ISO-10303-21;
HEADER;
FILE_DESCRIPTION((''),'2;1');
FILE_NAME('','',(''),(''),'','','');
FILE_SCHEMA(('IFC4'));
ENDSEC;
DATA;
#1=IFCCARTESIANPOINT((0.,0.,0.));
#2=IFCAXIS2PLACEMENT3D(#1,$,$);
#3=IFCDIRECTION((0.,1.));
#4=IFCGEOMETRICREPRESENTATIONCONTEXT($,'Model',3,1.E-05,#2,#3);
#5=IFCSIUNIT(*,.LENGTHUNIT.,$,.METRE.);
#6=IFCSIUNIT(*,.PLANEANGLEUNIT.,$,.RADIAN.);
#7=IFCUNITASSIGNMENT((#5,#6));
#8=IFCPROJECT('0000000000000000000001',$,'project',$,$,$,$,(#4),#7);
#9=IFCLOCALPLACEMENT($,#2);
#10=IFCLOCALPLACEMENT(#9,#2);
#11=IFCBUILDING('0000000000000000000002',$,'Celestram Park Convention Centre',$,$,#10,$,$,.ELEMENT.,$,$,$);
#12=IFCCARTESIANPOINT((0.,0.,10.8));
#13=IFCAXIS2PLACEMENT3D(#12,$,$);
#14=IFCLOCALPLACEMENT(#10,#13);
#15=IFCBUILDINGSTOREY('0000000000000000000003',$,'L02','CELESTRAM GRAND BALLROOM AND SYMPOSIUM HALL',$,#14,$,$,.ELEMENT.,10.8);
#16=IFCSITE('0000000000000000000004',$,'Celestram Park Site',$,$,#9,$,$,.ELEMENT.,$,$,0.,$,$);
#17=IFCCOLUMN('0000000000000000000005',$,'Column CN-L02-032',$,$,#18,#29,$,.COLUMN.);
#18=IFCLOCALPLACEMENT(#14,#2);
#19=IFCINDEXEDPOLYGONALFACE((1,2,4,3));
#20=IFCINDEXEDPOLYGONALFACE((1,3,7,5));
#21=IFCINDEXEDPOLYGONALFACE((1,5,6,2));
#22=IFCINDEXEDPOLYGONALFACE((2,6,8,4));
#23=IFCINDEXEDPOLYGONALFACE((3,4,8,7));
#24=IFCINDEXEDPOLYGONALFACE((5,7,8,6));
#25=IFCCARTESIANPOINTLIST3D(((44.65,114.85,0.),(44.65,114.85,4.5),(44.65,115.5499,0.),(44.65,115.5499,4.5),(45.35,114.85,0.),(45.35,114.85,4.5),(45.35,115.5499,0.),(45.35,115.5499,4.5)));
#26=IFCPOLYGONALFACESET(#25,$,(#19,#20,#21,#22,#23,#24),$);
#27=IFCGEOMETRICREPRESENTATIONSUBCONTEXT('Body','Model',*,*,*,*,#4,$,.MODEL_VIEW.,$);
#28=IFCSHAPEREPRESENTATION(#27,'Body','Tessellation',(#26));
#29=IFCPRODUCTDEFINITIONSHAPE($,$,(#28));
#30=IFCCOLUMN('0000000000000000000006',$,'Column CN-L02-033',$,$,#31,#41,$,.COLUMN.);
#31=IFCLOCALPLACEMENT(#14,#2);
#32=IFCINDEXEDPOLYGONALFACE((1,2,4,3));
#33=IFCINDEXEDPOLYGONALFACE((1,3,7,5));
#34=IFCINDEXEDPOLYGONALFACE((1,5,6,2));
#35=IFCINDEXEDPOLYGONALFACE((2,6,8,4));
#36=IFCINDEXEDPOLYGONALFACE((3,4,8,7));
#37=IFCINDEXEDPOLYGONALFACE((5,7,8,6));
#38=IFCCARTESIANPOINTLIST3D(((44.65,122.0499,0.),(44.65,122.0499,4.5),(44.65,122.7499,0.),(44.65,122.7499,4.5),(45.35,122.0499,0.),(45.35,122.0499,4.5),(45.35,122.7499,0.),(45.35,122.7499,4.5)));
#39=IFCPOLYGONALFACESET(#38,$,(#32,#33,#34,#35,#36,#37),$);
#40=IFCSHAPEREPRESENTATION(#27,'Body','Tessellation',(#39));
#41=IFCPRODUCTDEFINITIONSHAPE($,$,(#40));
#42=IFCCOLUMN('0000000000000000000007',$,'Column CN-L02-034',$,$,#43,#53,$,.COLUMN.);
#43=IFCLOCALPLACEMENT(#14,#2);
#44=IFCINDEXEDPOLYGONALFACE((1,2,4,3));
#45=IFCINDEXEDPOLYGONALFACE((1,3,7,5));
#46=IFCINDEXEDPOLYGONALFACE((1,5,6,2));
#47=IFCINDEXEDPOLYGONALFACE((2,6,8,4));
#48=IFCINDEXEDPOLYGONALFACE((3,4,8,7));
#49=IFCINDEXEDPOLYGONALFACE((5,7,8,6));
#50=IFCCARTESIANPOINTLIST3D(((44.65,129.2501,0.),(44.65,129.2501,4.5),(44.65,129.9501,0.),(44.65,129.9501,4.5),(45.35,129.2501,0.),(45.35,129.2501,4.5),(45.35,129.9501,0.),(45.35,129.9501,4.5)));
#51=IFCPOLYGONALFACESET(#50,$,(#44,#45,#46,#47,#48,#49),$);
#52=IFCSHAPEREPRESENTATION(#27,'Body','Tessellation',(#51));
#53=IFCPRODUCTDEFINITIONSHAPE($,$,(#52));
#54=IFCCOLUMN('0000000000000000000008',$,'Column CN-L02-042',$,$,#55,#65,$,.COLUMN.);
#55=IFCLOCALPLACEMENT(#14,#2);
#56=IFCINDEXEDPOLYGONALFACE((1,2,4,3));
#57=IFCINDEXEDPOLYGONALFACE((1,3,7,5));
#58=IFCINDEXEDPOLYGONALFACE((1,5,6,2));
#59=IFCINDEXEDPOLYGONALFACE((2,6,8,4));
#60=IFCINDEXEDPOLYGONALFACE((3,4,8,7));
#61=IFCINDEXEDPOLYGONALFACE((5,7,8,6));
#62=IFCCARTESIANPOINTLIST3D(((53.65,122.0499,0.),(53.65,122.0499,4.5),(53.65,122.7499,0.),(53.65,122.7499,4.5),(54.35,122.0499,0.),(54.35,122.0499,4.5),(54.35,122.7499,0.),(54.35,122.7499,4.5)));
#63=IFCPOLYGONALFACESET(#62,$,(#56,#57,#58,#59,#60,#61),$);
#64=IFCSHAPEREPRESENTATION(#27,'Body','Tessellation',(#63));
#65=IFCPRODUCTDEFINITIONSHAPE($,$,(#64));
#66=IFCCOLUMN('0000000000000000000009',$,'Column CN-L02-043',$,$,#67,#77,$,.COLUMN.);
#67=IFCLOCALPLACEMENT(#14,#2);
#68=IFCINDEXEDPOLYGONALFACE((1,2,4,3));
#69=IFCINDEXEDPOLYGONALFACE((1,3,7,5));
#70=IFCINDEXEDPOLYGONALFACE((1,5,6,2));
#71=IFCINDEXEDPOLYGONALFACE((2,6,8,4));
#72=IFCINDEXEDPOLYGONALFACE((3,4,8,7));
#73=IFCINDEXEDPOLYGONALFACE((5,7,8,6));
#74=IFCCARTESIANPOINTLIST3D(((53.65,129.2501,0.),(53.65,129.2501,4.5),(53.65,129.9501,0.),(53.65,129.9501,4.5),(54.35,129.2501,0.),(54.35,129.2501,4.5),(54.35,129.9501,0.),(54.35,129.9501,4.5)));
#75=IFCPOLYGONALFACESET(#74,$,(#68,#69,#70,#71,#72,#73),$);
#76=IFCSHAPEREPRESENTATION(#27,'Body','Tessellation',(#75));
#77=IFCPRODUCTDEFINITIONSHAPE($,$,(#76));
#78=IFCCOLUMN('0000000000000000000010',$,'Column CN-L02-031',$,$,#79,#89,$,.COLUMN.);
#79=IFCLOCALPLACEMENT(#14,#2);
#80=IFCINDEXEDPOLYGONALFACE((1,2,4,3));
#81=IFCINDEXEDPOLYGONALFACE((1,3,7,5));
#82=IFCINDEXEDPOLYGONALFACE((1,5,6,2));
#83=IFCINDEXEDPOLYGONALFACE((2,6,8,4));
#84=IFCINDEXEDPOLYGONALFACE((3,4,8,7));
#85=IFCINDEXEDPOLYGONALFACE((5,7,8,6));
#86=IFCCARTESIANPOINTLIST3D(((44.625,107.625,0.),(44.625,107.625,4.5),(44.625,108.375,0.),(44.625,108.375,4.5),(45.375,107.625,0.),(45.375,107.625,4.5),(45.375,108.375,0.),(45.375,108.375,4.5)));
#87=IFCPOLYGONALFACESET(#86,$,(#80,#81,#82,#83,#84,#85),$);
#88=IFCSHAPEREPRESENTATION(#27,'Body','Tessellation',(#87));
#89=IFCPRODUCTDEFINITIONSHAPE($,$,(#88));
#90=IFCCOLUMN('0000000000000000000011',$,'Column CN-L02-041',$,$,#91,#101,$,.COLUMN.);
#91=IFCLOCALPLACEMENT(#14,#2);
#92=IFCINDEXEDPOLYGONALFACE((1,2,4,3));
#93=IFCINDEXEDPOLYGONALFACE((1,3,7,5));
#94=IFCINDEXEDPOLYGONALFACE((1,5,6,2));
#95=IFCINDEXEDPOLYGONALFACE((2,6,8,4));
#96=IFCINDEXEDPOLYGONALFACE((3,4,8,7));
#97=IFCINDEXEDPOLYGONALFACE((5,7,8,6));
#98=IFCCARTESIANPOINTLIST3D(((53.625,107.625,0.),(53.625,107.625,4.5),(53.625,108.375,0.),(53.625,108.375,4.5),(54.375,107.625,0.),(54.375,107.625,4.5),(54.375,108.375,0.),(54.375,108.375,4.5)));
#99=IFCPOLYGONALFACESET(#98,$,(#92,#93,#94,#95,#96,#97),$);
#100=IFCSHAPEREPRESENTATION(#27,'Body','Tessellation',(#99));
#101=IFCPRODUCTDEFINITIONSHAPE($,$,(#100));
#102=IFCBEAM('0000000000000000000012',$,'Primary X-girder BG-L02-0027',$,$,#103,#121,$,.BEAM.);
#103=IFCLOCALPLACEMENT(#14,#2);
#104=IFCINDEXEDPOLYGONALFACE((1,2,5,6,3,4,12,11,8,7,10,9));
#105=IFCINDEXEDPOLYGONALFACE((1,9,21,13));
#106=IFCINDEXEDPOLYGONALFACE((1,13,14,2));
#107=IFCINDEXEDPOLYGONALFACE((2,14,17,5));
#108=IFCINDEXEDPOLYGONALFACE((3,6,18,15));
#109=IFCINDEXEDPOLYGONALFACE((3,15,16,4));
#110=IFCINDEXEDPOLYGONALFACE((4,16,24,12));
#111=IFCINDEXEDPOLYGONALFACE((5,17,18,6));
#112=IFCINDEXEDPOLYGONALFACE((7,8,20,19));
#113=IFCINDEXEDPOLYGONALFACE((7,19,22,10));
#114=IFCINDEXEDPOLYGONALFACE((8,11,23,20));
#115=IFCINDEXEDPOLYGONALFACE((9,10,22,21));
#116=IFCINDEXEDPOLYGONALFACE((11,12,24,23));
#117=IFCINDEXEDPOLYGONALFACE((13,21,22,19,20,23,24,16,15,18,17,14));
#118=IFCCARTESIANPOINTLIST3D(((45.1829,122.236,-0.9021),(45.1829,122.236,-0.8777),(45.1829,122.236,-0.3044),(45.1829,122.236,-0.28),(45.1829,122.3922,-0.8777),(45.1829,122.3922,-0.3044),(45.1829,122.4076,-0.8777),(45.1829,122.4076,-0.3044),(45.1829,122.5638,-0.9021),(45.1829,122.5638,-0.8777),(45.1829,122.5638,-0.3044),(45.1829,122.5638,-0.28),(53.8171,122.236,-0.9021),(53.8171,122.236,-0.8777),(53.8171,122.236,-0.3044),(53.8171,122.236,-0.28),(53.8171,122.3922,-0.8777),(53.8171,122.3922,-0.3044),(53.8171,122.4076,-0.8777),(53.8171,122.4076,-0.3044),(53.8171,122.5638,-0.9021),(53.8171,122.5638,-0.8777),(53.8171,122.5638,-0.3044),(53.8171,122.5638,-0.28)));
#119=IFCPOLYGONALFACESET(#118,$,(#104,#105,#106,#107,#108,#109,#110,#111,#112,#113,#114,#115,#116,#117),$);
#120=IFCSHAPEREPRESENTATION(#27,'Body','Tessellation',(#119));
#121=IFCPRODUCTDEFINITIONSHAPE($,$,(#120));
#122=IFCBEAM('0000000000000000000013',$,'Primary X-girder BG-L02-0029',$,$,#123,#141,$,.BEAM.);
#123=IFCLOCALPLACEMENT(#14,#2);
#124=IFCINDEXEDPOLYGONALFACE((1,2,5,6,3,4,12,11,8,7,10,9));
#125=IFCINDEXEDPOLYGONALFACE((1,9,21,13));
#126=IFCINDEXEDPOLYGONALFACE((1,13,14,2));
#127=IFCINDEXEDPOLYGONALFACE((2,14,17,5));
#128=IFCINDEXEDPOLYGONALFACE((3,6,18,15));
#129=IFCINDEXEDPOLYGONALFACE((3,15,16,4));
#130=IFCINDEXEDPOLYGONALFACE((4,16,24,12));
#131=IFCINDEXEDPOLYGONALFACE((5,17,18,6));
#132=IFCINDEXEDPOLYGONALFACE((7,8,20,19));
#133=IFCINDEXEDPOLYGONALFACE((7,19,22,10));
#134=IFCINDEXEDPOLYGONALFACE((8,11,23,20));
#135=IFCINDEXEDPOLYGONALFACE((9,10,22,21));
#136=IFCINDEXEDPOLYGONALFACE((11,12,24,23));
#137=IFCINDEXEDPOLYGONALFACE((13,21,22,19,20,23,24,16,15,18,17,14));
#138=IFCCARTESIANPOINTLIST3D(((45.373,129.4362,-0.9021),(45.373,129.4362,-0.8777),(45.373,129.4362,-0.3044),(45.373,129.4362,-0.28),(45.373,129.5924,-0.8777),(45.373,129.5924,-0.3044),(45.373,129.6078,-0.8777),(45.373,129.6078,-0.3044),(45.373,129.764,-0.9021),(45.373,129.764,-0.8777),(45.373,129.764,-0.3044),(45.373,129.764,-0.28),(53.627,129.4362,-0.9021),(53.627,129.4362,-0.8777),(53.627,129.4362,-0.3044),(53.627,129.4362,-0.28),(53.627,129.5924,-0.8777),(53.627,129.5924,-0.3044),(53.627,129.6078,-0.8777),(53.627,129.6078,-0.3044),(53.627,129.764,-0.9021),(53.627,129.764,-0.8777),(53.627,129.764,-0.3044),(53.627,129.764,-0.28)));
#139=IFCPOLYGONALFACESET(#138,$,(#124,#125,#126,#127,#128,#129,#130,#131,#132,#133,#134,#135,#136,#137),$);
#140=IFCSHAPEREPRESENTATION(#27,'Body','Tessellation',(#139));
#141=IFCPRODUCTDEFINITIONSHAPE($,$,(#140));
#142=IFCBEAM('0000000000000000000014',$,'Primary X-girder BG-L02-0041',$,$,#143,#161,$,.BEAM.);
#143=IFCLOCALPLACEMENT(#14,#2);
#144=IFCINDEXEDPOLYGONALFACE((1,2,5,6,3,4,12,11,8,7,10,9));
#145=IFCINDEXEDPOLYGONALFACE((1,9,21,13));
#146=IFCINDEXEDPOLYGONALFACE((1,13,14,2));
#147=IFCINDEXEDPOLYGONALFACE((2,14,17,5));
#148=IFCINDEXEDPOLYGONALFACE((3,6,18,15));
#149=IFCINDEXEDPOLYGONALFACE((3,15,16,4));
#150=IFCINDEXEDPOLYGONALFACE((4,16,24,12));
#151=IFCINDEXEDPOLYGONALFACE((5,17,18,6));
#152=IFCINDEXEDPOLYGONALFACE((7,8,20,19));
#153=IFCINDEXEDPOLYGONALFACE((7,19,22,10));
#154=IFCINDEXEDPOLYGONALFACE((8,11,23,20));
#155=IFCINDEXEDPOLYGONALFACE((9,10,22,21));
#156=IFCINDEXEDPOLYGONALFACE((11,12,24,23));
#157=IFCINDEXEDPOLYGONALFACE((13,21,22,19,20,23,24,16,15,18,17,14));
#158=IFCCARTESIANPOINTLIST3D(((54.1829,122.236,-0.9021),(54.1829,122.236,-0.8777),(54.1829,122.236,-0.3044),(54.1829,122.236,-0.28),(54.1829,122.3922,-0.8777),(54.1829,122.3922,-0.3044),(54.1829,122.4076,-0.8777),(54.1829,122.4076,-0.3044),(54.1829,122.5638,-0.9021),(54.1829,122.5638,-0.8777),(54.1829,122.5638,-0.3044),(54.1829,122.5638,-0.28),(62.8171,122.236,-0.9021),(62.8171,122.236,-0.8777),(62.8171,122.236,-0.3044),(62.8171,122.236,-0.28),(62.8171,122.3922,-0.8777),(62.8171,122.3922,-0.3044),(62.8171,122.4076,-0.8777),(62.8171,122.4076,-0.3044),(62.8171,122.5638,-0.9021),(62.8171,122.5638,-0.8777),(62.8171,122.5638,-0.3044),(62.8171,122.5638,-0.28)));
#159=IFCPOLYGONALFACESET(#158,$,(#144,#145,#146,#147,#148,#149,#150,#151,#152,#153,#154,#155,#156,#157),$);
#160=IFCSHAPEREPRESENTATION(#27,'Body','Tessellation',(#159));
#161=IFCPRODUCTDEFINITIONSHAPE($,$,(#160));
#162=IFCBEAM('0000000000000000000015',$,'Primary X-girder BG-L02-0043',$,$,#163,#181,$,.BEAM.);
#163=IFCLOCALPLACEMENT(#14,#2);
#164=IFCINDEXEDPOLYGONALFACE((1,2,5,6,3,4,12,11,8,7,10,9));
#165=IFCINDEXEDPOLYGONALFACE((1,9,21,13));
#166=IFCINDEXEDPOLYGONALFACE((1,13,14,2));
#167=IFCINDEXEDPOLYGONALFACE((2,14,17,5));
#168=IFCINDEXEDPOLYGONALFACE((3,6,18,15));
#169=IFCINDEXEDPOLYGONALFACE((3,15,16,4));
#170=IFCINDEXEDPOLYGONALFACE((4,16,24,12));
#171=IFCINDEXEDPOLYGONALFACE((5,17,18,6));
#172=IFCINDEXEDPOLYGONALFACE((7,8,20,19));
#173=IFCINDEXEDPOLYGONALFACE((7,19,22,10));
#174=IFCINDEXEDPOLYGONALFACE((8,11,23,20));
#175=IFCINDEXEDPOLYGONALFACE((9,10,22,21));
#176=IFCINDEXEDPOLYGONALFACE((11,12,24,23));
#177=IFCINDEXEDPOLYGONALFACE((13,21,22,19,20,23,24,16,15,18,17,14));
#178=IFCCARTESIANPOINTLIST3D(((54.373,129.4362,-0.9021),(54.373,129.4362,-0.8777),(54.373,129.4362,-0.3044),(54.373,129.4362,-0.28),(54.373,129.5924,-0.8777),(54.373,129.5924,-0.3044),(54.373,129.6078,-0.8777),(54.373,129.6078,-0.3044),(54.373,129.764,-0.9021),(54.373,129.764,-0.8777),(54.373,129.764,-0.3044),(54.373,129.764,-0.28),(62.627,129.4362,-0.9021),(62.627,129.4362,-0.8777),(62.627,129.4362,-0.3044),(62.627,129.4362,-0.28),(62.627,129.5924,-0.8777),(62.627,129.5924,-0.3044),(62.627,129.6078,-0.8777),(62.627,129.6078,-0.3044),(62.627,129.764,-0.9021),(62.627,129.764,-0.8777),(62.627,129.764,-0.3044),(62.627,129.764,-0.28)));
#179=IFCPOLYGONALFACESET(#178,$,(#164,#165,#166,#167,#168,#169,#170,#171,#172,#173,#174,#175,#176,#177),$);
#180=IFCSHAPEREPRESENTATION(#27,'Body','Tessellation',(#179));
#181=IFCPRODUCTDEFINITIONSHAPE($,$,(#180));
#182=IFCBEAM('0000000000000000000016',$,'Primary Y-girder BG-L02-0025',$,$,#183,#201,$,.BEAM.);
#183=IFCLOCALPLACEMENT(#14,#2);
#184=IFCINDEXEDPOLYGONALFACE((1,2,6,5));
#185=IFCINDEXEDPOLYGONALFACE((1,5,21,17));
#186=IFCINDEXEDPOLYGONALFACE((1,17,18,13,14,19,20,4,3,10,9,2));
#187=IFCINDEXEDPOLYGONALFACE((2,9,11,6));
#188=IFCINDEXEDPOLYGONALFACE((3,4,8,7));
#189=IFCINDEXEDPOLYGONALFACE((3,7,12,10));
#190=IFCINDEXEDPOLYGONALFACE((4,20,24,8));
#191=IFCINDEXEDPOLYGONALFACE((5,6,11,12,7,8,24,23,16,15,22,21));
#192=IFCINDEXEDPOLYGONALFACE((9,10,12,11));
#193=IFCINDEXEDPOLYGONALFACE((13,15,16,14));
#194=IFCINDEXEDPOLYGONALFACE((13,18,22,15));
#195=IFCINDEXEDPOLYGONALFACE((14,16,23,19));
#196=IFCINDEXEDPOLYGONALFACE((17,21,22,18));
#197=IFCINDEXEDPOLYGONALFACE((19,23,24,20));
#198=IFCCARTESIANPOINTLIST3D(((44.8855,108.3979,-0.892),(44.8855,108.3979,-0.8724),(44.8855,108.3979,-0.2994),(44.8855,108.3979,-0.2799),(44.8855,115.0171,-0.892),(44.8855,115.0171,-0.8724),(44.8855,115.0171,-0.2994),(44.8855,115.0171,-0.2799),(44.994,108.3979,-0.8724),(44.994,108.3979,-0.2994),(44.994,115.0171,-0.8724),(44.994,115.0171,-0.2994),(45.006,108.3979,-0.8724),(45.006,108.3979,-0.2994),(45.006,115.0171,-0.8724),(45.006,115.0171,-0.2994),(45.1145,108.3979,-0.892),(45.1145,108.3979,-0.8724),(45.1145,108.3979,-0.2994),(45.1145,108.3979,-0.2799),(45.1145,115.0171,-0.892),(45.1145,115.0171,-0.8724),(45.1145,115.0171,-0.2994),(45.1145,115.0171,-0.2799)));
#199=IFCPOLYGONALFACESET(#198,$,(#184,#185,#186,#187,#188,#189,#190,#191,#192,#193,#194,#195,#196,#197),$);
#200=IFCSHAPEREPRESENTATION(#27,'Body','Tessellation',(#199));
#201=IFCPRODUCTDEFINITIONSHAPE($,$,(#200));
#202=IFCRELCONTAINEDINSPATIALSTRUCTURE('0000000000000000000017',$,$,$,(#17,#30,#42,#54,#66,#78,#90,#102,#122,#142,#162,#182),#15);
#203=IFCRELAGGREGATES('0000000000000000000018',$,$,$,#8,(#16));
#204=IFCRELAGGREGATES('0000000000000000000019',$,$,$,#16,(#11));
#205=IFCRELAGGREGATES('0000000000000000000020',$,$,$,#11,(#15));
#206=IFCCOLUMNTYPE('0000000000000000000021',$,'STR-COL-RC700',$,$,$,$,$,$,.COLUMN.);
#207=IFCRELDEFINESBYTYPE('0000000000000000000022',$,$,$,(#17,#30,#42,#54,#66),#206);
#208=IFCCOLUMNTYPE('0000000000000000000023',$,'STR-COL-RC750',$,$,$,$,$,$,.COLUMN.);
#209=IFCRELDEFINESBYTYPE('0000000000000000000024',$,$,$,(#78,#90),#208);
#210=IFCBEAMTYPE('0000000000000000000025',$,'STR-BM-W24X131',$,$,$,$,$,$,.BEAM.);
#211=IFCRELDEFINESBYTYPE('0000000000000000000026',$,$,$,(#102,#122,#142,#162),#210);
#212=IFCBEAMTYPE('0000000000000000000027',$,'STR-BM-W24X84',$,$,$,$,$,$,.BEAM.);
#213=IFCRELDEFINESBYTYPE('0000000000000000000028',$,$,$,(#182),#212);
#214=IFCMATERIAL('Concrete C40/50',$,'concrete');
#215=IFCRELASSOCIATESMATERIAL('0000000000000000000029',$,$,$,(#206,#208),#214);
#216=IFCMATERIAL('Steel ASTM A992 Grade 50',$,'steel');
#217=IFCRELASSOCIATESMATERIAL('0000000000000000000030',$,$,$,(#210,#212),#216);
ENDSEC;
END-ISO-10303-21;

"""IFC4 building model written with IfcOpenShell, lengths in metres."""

from ifc_helpers import new_model, si_unit, direction, frame, origin, origin_2d, place, context, subcontext, project, spatial, rectangle, i_section, extrude, material, material_profile, profile_set, type_object, element, save


model = new_model("IFC4")

# Units and contexts
model_context = context("Model", 3, precision=1e-05, world=origin(), true_north=direction((0.0, 1.0)))
body_context = subcontext(model_context, "Body", "Model", "MODEL_VIEW")
ifc_project = project(units=[si_unit("LENGTHUNIT", "METRE"), si_unit("PLANEANGLEUNIT", "RADIAN")], contexts=[model_context])

# Site, building, storey
site_placement = place(None, origin())
site = spatial("IfcSite", under=ifc_project, at=site_placement, Name="Celestram Park Site", CompositionType="ELEMENT", RefElevation=0.0)
building_placement = place(site_placement, origin())
building = spatial("IfcBuilding", under=site, at=building_placement, Name="Celestram Park Convention Centre", CompositionType="ELEMENT")
storey_placement = place(building_placement, frame((0.0, 0.0, 10.8)))
storey = spatial("IfcBuildingStorey", under=building, at=storey_placement, Name="L02", Description="CELESTRAM GRAND BALLROOM AND SYMPOSIUM HALL", CompositionType="ELEMENT", Elevation=10.8)

# Columns
ifc_material_1 = material(Name="Concrete C40/50", Category="concrete")
ifc_material_profile_1 = material_profile(ifc_material_1, rectangle(XDim=0.7, YDim=0.7, at=origin_2d()), Name="RC700X700")
ifc_profile_set_1 = profile_set([ifc_material_profile_1], Name="Concrete C40/50")
column_type_1 = type_object("IfcColumnType", Name="STR-COL-RC700", PredefinedType="COLUMN", material=ifc_profile_set_1)
for number, where, z_axis, x_axis, name in (
    (1, (45.0, 115.2, 0.0), (0.0, 0.0, 1.0), (1.0, 0.0, 0.0), "Column CN-L02-032"),
    (2, (45.0, 122.3999, 0.0), (0.0, 0.0, 1.0), (1.0, 0.0, 0.0), "Column CN-L02-033"),
    (3, (45.0, 129.6001, 0.0), (0.0, 0.0, 1.0), (1.0, 0.0, 0.0), "Column CN-L02-034"),
    (4, (54.0, 122.3999, 0.0), (0.0, 0.0, 1.0), (1.0, 0.0, 0.0), "Column CN-L02-042"),
    (5, (54.0, 129.6001, 0.0), (0.0, 0.0, 1.0), (1.0, 0.0, 0.0), "Column CN-L02-043"),
):
    element("IfcColumn", number, at=place(storey_placement, frame(where, z_axis=z_axis, x_axis=x_axis)), inside=storey, type_object=column_type_1, Name=name, PredefinedType="COLUMN", context=body_context, shape_type="SweptSolid", body=[
        extrude(rectangle(XDim=0.7, YDim=0.7, at=origin_2d()), origin(), (0.0, 0.0, 1.0), 4.5),
    ])
ifc_material_profile_2 = material_profile(ifc_material_1, rectangle(XDim=0.75, YDim=0.75, at=origin_2d()), Name="RC750X750")
ifc_profile_set_2 = profile_set([ifc_material_profile_2], Name="Concrete C40/50")
column_type_2 = type_object("IfcColumnType", Name="STR-COL-RC750", PredefinedType="COLUMN", material=ifc_profile_set_2)
for number, where, z_axis, x_axis, name in (
    (6, (45.0, 108.0, 0.0), (0.0, 0.0, 1.0), (1.0, 0.0, 0.0), "Column CN-L02-031"),
    (7, (54.0, 108.0, 0.0), (0.0, 0.0, 1.0), (1.0, 0.0, 0.0), "Column CN-L02-041"),
):
    element("IfcColumn", number, at=place(storey_placement, frame(where, z_axis=z_axis, x_axis=x_axis)), inside=storey, type_object=column_type_2, Name=name, PredefinedType="COLUMN", context=body_context, shape_type="SweptSolid", body=[
        extrude(rectangle(XDim=0.75, YDim=0.75, at=origin_2d()), origin(), (0.0, 0.0, 1.0), 4.5),
    ])

# Beams
ifc_material_2 = material(Name="Steel ASTM A992 Grade 50", Category="steel")
ifc_material_profile_3 = material_profile(ifc_material_2, i_section(OverallWidth=0.3279, OverallDepth=0.6221, WebThickness=0.0154, FlangeThickness=0.0244, at=origin_2d()), Name="W24X131")
ifc_profile_set_3 = profile_set([ifc_material_profile_3], Name="Steel ASTM A992 Grade 50")
beam_type_1 = type_object("IfcBeamType", Name="STR-BM-W24X131", PredefinedType="BEAM", material=ifc_profile_set_3)
beam_1_placement = place(storey_placement, frame((45.1829, 122.3999, -0.5911), z_axis=(1.0, 0.0, 0.0), x_axis=(0.0, 1.0, 0.0)))
element("IfcBeam", 8, at=beam_1_placement, inside=storey, type_object=beam_type_1, Name="Primary X-girder BG-L02-0027", PredefinedType="BEAM", context=body_context, shape_type="SweptSolid", body=[
    extrude(i_section(OverallWidth=0.3279, OverallDepth=0.6221, WebThickness=0.0154, FlangeThickness=0.0244, at=origin_2d()), origin(), (0.0, 0.0, 1.0), 8.6343),
])
beam_2_placement = place(storey_placement, frame((45.373, 129.6001, -0.5911), z_axis=(1.0, 0.0, 0.0), x_axis=(0.0, 1.0, 0.0)))
element("IfcBeam", 9, at=beam_2_placement, inside=storey, type_object=beam_type_1, Name="Primary X-girder BG-L02-0029", PredefinedType="BEAM", context=body_context, shape_type="SweptSolid", body=[
    extrude(i_section(OverallWidth=0.3279, OverallDepth=0.6221, WebThickness=0.0154, FlangeThickness=0.0244, at=origin_2d()), origin(), (0.0, 0.0, 1.0), 8.2539),
])
beam_3_placement = place(storey_placement, frame((54.1829, 122.3999, -0.5911), z_axis=(1.0, 0.0, 0.0), x_axis=(0.0, 1.0, 0.0)))
element("IfcBeam", 10, at=beam_3_placement, inside=storey, type_object=beam_type_1, Name="Primary X-girder BG-L02-0041", PredefinedType="BEAM", context=body_context, shape_type="SweptSolid", body=[
    extrude(i_section(OverallWidth=0.3279, OverallDepth=0.6221, WebThickness=0.0154, FlangeThickness=0.0244, at=origin_2d()), origin(), (0.0, 0.0, 1.0), 8.6343),
])
beam_4_placement = place(storey_placement, frame((54.373, 129.6001, -0.5911), z_axis=(1.0, 0.0, 0.0), x_axis=(0.0, 1.0, 0.0)))
element("IfcBeam", 11, at=beam_4_placement, inside=storey, type_object=beam_type_1, Name="Primary X-girder BG-L02-0043", PredefinedType="BEAM", context=body_context, shape_type="SweptSolid", body=[
    extrude(i_section(OverallWidth=0.3279, OverallDepth=0.6221, WebThickness=0.0154, FlangeThickness=0.0244, at=origin_2d()), origin(), (0.0, 0.0, 1.0), 8.2539),
])
ifc_material_profile_4 = material_profile(ifc_material_2, i_section(OverallWidth=0.229, OverallDepth=0.6121, WebThickness=0.012, FlangeThickness=0.0195, at=origin_2d()), Name="W24X84")
ifc_profile_set_4 = profile_set([ifc_material_profile_4], Name="Steel ASTM A992 Grade 50")
beam_type_2 = type_object("IfcBeamType", Name="STR-BM-W24X84", PredefinedType="BEAM", material=ifc_profile_set_4)
beam_5_placement = place(storey_placement, frame((45.0, 108.3979, -0.5859), z_axis=(0.0, 1.0, 0.0), x_axis=(-1.0, 0.0, 0.0)))
element("IfcBeam", 12, at=beam_5_placement, inside=storey, type_object=beam_type_2, Name="Primary Y-girder BG-L02-0025", PredefinedType="BEAM", context=body_context, shape_type="SweptSolid", body=[
    extrude(i_section(OverallWidth=0.229, OverallDepth=0.6121, WebThickness=0.012, FlangeThickness=0.0195, at=origin_2d()), origin(), (0.0, 0.0, 1.0), 6.6191),
])

save(model, "model.ifc")
